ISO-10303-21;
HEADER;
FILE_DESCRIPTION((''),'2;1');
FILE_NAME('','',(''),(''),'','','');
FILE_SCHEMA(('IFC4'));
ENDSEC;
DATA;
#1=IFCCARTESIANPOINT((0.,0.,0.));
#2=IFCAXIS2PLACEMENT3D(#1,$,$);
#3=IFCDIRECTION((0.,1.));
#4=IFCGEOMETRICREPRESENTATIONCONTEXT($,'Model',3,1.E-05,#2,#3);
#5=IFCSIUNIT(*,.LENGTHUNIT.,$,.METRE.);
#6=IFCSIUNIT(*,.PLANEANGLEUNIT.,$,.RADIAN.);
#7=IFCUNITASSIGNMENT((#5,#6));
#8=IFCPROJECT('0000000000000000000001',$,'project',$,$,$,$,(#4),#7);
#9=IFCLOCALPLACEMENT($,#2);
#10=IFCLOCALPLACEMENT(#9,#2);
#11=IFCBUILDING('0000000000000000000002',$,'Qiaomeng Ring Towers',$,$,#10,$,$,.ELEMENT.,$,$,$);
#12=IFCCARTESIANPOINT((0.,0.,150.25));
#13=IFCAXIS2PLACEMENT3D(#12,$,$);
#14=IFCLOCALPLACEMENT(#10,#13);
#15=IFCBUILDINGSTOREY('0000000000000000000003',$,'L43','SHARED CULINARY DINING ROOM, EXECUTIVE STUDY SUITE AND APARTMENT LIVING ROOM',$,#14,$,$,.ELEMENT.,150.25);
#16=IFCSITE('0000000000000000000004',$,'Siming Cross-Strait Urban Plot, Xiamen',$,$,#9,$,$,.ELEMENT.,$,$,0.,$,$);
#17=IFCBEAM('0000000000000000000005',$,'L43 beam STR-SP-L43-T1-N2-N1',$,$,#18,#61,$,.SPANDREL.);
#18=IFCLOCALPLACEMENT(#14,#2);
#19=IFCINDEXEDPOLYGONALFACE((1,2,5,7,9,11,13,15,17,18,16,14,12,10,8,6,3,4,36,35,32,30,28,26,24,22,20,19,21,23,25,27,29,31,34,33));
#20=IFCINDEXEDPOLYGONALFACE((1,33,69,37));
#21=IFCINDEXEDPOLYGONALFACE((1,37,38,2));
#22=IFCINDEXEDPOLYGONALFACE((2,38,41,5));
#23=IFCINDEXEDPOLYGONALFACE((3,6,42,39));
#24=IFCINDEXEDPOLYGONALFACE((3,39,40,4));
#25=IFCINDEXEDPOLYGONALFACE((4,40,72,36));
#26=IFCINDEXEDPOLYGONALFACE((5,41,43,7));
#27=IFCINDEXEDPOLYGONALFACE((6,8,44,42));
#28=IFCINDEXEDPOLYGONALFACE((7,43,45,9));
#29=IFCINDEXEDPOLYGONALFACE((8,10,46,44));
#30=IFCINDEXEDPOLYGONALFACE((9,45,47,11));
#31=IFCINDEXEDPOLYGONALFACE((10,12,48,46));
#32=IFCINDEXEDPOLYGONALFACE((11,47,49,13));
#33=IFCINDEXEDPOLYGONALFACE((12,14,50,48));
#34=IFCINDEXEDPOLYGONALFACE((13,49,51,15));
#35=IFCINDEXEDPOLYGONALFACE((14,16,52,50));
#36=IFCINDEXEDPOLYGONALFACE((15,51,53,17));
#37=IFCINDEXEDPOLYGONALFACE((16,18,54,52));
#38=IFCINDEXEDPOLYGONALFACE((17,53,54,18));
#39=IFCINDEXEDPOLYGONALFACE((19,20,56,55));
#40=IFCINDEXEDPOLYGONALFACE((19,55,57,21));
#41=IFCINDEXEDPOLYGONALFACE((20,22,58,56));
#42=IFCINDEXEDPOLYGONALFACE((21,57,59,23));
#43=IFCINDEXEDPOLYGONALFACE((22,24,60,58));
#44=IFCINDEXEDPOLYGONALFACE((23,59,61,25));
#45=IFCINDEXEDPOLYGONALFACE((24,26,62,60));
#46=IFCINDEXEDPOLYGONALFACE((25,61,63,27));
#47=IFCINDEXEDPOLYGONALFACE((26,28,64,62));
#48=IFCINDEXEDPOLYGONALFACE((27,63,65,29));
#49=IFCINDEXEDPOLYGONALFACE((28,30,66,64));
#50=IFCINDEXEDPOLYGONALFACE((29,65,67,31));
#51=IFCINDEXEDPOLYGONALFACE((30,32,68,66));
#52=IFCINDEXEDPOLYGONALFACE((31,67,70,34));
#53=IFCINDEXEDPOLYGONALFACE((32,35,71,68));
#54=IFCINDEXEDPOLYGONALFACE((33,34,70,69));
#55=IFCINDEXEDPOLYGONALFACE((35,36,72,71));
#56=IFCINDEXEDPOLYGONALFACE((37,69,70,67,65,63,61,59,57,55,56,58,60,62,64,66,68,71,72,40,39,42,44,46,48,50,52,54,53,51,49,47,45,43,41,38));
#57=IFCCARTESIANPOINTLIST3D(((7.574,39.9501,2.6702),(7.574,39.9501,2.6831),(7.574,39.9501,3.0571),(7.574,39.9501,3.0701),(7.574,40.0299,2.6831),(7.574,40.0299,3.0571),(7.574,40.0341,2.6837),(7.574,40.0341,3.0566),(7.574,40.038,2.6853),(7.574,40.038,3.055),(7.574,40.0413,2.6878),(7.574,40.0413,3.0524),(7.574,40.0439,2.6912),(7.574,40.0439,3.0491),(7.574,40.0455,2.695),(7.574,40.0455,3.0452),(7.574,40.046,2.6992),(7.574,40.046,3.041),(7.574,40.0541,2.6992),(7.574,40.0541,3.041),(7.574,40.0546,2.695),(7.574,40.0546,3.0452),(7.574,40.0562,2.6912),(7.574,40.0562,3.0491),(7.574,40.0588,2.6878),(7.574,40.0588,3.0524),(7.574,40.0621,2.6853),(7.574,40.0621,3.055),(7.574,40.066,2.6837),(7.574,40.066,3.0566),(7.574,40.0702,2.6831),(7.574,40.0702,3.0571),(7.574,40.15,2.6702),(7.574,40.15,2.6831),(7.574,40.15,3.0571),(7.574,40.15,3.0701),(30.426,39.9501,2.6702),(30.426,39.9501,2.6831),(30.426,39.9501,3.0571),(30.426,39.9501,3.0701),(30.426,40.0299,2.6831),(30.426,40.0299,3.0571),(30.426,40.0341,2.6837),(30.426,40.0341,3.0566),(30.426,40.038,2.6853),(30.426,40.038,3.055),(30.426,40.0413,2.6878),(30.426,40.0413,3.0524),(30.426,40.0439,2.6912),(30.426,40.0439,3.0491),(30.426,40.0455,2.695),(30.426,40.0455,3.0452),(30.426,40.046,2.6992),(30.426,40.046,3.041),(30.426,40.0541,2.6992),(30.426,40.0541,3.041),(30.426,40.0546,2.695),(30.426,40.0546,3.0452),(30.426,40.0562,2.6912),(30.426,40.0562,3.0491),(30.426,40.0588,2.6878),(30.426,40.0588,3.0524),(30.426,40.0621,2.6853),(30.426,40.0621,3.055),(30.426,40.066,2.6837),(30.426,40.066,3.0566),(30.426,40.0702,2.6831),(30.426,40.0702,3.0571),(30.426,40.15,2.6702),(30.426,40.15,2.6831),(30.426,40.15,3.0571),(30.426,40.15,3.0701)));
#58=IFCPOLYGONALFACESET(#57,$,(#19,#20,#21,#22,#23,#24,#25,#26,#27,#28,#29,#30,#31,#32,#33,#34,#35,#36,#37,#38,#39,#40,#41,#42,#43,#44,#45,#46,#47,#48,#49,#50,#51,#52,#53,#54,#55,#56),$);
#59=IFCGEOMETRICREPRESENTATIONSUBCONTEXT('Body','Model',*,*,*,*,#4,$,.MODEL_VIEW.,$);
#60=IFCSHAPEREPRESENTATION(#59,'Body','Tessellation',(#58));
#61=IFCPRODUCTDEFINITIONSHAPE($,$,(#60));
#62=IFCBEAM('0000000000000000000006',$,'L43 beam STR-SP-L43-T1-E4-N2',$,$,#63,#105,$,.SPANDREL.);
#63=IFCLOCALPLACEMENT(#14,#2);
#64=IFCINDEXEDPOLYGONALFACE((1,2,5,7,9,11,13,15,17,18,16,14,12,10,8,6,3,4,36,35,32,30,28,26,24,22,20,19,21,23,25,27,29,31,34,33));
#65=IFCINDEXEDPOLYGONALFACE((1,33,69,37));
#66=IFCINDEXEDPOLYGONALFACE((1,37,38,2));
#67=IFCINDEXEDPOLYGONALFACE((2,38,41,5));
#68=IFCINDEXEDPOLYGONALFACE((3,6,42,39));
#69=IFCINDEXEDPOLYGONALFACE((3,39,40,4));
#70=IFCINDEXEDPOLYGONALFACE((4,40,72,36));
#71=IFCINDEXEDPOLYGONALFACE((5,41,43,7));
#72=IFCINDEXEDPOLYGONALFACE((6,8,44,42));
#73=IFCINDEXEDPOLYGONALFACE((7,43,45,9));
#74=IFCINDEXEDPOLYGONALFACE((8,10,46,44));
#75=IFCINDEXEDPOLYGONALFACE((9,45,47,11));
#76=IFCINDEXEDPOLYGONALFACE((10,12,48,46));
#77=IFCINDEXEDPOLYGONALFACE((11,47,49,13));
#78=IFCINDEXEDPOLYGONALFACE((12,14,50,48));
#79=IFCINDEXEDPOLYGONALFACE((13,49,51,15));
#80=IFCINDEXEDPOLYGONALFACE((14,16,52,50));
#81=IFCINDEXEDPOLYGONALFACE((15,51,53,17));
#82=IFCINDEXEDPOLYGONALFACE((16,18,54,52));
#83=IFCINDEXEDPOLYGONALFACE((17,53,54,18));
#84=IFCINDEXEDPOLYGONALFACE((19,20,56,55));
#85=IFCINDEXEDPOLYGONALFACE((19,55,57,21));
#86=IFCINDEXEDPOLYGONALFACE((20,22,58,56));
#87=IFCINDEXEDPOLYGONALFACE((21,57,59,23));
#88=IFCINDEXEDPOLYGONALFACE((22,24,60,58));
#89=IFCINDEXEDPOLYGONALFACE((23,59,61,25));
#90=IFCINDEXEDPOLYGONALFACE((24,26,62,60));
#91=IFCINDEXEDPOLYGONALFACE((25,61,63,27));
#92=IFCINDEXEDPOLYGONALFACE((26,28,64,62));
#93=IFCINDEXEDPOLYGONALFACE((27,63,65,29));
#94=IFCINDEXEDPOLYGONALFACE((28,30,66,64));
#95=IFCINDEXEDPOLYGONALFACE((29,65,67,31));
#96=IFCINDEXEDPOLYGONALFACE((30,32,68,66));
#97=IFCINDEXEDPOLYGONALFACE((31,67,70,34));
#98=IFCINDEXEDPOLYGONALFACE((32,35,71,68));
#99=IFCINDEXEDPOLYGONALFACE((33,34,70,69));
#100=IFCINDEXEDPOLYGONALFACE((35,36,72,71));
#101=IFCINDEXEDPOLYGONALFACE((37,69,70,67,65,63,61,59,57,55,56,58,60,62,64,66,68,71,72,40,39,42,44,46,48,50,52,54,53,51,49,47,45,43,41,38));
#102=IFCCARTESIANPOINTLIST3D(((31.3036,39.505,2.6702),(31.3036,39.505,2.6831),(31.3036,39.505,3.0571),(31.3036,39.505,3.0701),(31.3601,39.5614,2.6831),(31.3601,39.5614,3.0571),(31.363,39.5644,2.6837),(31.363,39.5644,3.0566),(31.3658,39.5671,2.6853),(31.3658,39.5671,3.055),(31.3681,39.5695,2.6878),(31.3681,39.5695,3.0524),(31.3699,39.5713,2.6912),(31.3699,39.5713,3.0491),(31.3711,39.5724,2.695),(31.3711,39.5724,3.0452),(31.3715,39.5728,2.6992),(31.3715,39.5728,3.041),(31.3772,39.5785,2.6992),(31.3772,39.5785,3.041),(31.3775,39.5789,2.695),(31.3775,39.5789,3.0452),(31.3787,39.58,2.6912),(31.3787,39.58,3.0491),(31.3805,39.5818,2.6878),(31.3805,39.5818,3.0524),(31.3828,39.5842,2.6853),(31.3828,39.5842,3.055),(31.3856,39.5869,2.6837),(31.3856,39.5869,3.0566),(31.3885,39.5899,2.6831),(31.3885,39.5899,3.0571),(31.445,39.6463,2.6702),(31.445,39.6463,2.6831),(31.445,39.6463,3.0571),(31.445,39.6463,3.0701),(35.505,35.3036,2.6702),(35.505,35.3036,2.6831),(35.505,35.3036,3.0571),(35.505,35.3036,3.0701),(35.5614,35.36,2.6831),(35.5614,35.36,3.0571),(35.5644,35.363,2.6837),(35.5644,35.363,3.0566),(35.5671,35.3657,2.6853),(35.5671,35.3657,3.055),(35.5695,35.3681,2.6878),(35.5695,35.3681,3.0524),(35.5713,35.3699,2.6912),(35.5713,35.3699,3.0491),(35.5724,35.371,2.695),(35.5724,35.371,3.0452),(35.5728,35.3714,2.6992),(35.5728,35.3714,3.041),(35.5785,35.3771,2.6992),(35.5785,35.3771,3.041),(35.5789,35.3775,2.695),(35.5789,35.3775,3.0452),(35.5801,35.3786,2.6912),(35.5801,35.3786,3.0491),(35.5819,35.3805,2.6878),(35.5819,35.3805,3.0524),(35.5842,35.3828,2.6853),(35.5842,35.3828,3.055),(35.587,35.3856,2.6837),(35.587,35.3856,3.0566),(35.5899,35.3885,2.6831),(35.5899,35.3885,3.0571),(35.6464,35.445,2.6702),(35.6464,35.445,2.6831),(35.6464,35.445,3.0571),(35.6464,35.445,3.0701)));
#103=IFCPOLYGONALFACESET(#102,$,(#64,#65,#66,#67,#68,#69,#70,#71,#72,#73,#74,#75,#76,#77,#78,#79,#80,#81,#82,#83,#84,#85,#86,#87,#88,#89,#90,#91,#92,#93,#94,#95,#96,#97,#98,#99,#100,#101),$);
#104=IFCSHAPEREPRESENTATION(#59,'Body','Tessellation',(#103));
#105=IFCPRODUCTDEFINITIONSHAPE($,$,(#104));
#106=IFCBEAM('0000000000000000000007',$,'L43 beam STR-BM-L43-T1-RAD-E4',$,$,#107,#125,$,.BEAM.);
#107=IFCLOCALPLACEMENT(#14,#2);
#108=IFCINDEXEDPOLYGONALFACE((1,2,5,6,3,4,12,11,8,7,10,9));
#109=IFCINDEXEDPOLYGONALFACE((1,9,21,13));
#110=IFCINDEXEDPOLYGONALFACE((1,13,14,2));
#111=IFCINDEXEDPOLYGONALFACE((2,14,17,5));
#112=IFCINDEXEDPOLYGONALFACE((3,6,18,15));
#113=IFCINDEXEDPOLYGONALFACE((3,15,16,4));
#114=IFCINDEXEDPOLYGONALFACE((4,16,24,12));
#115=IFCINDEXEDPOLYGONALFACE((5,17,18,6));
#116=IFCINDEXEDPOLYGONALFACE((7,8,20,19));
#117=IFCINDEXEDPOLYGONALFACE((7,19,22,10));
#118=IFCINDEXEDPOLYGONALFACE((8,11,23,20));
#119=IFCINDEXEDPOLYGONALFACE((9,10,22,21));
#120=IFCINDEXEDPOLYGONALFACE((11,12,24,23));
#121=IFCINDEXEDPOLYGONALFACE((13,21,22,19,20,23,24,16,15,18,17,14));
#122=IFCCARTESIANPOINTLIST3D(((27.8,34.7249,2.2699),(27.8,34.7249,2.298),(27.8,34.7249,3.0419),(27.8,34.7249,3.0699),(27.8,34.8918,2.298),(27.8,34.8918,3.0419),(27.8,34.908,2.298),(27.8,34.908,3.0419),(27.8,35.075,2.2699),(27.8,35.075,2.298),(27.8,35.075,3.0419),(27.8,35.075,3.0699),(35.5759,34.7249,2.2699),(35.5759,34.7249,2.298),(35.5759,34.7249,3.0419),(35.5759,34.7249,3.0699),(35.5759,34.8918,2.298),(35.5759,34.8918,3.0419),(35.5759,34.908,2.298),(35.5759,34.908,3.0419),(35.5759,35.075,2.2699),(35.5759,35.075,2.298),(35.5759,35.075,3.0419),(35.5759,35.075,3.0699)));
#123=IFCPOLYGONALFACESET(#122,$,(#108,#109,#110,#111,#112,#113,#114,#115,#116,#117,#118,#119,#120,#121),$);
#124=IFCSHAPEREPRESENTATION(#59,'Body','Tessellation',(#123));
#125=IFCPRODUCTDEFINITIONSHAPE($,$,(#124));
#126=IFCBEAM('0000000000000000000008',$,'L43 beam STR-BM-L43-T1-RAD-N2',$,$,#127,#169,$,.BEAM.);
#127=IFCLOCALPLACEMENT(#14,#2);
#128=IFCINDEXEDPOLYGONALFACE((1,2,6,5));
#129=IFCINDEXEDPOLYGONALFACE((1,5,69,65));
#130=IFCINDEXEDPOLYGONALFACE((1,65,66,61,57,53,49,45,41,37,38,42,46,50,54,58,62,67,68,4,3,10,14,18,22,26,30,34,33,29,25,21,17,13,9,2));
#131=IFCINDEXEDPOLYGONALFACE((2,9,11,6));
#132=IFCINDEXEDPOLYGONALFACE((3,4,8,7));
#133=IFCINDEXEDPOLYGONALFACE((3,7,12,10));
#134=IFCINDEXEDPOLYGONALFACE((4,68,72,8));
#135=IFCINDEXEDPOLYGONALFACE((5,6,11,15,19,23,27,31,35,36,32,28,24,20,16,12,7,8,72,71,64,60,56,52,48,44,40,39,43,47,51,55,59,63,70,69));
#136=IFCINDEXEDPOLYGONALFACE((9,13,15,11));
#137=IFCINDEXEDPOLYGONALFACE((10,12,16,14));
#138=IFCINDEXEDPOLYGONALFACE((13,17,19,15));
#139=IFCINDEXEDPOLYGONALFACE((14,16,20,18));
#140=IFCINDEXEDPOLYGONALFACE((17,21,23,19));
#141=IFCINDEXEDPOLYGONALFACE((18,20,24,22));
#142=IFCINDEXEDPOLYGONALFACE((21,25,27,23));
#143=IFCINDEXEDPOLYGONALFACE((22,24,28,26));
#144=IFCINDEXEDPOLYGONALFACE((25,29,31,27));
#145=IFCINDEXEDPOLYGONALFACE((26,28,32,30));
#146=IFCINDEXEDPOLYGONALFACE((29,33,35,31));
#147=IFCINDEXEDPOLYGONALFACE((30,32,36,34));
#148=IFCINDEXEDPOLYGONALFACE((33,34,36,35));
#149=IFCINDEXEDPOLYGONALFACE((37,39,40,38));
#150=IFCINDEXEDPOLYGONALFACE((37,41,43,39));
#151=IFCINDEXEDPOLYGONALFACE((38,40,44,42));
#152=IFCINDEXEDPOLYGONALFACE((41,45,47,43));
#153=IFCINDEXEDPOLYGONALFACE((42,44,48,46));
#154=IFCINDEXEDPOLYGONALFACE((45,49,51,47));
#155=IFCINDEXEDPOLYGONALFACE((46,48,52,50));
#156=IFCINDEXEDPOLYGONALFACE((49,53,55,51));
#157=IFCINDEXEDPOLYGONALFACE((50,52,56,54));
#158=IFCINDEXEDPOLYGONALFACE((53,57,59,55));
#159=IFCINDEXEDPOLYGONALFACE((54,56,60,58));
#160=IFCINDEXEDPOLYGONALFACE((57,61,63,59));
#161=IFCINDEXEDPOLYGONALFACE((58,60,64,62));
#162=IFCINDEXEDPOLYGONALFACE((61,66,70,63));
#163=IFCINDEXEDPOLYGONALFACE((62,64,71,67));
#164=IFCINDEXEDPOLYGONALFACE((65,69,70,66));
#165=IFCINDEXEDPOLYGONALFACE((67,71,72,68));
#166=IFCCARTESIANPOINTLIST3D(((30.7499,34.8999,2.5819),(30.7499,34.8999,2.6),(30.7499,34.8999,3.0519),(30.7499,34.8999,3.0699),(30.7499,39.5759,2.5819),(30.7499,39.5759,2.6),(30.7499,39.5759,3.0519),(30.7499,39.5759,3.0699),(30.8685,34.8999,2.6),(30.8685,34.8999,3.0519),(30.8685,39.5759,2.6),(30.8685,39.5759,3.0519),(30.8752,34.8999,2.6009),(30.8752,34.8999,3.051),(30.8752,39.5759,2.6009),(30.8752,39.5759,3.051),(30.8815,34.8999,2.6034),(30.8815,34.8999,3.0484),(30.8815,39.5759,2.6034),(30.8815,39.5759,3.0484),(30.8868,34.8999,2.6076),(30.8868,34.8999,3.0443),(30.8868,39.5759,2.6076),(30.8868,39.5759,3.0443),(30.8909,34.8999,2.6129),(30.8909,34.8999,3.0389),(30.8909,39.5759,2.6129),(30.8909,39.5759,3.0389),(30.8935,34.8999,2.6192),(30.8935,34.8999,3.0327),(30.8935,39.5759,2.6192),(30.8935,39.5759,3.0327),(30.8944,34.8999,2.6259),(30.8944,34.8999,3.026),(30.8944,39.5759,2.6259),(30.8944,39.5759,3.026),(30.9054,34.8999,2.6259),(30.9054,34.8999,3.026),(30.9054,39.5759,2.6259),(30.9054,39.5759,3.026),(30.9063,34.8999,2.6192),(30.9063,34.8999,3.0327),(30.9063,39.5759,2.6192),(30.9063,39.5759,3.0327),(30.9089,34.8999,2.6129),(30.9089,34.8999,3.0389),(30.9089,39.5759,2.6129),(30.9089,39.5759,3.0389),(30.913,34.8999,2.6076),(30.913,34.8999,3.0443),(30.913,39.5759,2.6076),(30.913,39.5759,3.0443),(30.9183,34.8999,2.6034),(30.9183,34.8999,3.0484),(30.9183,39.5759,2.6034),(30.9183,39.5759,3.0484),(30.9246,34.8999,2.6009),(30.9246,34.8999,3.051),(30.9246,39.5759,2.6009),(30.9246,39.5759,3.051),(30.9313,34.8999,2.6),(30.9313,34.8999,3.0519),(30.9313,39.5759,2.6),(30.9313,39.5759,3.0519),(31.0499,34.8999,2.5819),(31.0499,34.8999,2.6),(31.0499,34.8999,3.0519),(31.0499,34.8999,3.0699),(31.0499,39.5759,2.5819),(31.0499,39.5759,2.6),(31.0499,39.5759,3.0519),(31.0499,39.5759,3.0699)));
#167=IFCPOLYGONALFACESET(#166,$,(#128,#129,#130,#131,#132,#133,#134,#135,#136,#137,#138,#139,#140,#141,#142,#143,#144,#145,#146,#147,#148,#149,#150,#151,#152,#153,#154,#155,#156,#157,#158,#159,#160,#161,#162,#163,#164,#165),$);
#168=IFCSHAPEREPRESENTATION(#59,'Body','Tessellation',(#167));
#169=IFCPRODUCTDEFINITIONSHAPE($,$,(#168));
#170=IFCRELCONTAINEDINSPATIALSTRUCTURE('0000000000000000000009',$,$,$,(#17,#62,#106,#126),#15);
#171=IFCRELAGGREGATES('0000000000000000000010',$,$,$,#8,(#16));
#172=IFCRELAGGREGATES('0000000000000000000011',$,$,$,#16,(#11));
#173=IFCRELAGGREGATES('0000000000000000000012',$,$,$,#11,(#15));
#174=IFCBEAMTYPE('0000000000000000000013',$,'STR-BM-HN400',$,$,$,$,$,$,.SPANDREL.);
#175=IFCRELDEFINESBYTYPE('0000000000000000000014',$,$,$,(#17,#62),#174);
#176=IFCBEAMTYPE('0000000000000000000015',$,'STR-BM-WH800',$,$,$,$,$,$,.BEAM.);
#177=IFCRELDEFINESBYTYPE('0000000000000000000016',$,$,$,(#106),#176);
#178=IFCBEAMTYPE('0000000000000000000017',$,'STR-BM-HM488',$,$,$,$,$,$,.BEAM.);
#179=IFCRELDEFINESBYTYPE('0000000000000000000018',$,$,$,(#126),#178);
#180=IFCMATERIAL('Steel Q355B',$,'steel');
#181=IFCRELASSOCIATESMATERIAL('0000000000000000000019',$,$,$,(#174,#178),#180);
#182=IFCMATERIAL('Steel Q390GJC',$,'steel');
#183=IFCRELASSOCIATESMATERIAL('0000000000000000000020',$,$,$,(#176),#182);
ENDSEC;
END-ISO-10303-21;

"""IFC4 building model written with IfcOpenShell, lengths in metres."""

from ifc_helpers import new_model, si_unit, direction, frame, origin, origin_2d, place, context, subcontext, project, spatial, i_section, extrude, source, transform, mapped, material, material_profile, profile_set, type_object, element, save


model = new_model("IFC4")

# Units and contexts
model_context = context("Model", 3, precision=1e-05, world=origin(), true_north=direction((0.0, 1.0)))
body_context = subcontext(model_context, "Body", "Model", "MODEL_VIEW")
ifc_project = project(units=[si_unit("LENGTHUNIT", "METRE"), si_unit("PLANEANGLEUNIT", "RADIAN")], contexts=[model_context])

# Site, building, storey
site_placement = place(None, origin())
site = spatial("IfcSite", under=ifc_project, at=site_placement, Name="Siming Cross-Strait Urban Plot, Xiamen", CompositionType="ELEMENT", RefElevation=0.0)
building_placement = place(site_placement, origin())
building = spatial("IfcBuilding", under=site, at=building_placement, Name="Qiaomeng Ring Towers", CompositionType="ELEMENT")
storey_placement = place(building_placement, frame((0.0, 0.0, 150.25)))
storey = spatial("IfcBuildingStorey", under=building, at=storey_placement, Name="L43", Description="SHARED CULINARY DINING ROOM, EXECUTIVE STUDY SUITE AND APARTMENT LIVING ROOM", CompositionType="ELEMENT", Elevation=150.25)

# Beams
ifc_material_1 = material(Name="Steel Q355B", Category="steel")
ifc_material_profile_1 = material_profile(ifc_material_1, i_section(OverallWidth=0.2, OverallDepth=0.3999, WebThickness=0.0081, FlangeThickness=0.0129, FilletRadius=0.0161, at=origin_2d()), Name="HN 400x200x8x13")
ifc_profile_set_1 = profile_set([ifc_material_profile_1], Name="Steel Q355B")
beam_type_1 = type_object("IfcBeamType", Name="STR-BM-HN400", PredefinedType="SPANDREL", material=ifc_profile_set_1)
shared_shape_1 = source(origin(), body_context, "Body", "SweptSolid", [
    extrude(i_section(OverallWidth=0.2, OverallDepth=0.3999, WebThickness=0.0081, FlangeThickness=0.0129, FilletRadius=0.0161, at=origin_2d()), origin(), (0.0, 0.0, 1.0), 22.8521),
])
beam_1_placement = place(storey_placement, frame((30.426, 40.05, 2.8701), z_axis=(-1.0, 0.0, 0.0), x_axis=(0.0, -1.0, 0.0)))
element("IfcBeam", 1, at=beam_1_placement, inside=storey, type_object=beam_type_1, Name="L43 beam STR-SP-L43-T1-N2-N1", PredefinedType="SPANDREL", context=body_context, shape_type="MappedRepresentation", body=[
    mapped(shared_shape_1, transform((0.0, 0.0, 0.0), x_axis=(1.0, 0.0, 0.0), y_axis=(0.0, 1.0, 0.0), z_axis=(0.0, 0.0, 1.0), scale=1.0)),
])
shared_shape_2 = source(origin(), body_context, "Body", "SweptSolid", [
    extrude(i_section(OverallWidth=0.2, OverallDepth=0.3999, WebThickness=0.0081, FlangeThickness=0.0129, FilletRadius=0.0161, at=origin_2d()), origin(), (0.0, 0.0, 1.0), 5.9417),
])
beam_2_placement = place(storey_placement, frame((35.5757, 35.3743, 2.8701), z_axis=(-0.707107, 0.707107, 0.0), x_axis=(-0.707107, -0.707107, 0.0)))
element("IfcBeam", 2, at=beam_2_placement, inside=storey, type_object=beam_type_1, Name="L43 beam STR-SP-L43-T1-E4-N2", PredefinedType="SPANDREL", context=body_context, shape_type="MappedRepresentation", body=[
    mapped(shared_shape_2, transform((0.0, 0.0, 0.0), x_axis=(1.0, 0.0, 0.0), y_axis=(0.0, 1.0, 0.0), z_axis=(0.0, 0.0, 1.0), scale=1.0)),
])
ifc_material_2 = material(Name="Steel Q390GJC", Category="steel")
ifc_material_profile_2 = material_profile(ifc_material_2, i_section(OverallWidth=0.3501, OverallDepth=0.8, WebThickness=0.0161, FlangeThickness=0.0281, at=origin_2d()), Name="WH 800x350x16x28")
ifc_profile_set_2 = profile_set([ifc_material_profile_2], Name="Steel Q390GJC")
beam_type_2 = type_object("IfcBeamType", Name="STR-BM-WH800", PredefinedType="BEAM", material=ifc_profile_set_2)
shared_shape_3 = source(origin(), body_context, "Body", "SweptSolid", [
    extrude(i_section(OverallWidth=0.3501, OverallDepth=0.8, WebThickness=0.0161, FlangeThickness=0.0281, at=origin_2d()), origin(), (0.0, 0.0, 1.0), 7.7759),
])
beam_3_placement = place(storey_placement, frame((27.8, 34.8999, 2.6699), z_axis=(1.0, 0.0, 0.0), x_axis=(0.0, 1.0, 0.0)))
element("IfcBeam", 3, at=beam_3_placement, inside=storey, type_object=beam_type_2, Name="L43 beam STR-BM-L43-T1-RAD-E4", PredefinedType="BEAM", context=body_context, shape_type="MappedRepresentation", body=[
    mapped(shared_shape_3, transform((0.0, 0.0, 0.0), x_axis=(1.0, 0.0, 0.0), y_axis=(0.0, 1.0, 0.0), z_axis=(0.0, 0.0, 1.0), scale=1.0)),
])
ifc_material_profile_3 = material_profile(ifc_material_1, i_section(OverallWidth=0.3, OverallDepth=0.488, WebThickness=0.011, FlangeThickness=0.0181, FilletRadius=0.0259, at=origin_2d()), Name="HM 488x300x11x18")
ifc_profile_set_3 = profile_set([ifc_material_profile_3], Name="Steel Q355B")
beam_type_3 = type_object("IfcBeamType", Name="STR-BM-HM488", PredefinedType="BEAM", material=ifc_profile_set_3)
shared_shape_4 = source(origin(), body_context, "Body", "SweptSolid", [
    extrude(i_section(OverallWidth=0.3, OverallDepth=0.488, WebThickness=0.011, FlangeThickness=0.0181, FilletRadius=0.0259, at=origin_2d()), origin(), (0.0, 0.0, 1.0), 4.676),
])
beam_4_placement = place(storey_placement, frame((30.8999, 39.5759, 2.8259), z_axis=(0.0, -1.0, 0.0), x_axis=(1.0, 0.0, 0.0)))
element("IfcBeam", 4, at=beam_4_placement, inside=storey, type_object=beam_type_3, Name="L43 beam STR-BM-L43-T1-RAD-N2", PredefinedType="BEAM", context=body_context, shape_type="MappedRepresentation", body=[
    mapped(shared_shape_4, transform((0.0, 0.0, 0.0), x_axis=(1.0, 0.0, 0.0), y_axis=(0.0, 1.0, 0.0), z_axis=(0.0, 0.0, 1.0), scale=1.0)),
])

save(model, "model.ifc")
